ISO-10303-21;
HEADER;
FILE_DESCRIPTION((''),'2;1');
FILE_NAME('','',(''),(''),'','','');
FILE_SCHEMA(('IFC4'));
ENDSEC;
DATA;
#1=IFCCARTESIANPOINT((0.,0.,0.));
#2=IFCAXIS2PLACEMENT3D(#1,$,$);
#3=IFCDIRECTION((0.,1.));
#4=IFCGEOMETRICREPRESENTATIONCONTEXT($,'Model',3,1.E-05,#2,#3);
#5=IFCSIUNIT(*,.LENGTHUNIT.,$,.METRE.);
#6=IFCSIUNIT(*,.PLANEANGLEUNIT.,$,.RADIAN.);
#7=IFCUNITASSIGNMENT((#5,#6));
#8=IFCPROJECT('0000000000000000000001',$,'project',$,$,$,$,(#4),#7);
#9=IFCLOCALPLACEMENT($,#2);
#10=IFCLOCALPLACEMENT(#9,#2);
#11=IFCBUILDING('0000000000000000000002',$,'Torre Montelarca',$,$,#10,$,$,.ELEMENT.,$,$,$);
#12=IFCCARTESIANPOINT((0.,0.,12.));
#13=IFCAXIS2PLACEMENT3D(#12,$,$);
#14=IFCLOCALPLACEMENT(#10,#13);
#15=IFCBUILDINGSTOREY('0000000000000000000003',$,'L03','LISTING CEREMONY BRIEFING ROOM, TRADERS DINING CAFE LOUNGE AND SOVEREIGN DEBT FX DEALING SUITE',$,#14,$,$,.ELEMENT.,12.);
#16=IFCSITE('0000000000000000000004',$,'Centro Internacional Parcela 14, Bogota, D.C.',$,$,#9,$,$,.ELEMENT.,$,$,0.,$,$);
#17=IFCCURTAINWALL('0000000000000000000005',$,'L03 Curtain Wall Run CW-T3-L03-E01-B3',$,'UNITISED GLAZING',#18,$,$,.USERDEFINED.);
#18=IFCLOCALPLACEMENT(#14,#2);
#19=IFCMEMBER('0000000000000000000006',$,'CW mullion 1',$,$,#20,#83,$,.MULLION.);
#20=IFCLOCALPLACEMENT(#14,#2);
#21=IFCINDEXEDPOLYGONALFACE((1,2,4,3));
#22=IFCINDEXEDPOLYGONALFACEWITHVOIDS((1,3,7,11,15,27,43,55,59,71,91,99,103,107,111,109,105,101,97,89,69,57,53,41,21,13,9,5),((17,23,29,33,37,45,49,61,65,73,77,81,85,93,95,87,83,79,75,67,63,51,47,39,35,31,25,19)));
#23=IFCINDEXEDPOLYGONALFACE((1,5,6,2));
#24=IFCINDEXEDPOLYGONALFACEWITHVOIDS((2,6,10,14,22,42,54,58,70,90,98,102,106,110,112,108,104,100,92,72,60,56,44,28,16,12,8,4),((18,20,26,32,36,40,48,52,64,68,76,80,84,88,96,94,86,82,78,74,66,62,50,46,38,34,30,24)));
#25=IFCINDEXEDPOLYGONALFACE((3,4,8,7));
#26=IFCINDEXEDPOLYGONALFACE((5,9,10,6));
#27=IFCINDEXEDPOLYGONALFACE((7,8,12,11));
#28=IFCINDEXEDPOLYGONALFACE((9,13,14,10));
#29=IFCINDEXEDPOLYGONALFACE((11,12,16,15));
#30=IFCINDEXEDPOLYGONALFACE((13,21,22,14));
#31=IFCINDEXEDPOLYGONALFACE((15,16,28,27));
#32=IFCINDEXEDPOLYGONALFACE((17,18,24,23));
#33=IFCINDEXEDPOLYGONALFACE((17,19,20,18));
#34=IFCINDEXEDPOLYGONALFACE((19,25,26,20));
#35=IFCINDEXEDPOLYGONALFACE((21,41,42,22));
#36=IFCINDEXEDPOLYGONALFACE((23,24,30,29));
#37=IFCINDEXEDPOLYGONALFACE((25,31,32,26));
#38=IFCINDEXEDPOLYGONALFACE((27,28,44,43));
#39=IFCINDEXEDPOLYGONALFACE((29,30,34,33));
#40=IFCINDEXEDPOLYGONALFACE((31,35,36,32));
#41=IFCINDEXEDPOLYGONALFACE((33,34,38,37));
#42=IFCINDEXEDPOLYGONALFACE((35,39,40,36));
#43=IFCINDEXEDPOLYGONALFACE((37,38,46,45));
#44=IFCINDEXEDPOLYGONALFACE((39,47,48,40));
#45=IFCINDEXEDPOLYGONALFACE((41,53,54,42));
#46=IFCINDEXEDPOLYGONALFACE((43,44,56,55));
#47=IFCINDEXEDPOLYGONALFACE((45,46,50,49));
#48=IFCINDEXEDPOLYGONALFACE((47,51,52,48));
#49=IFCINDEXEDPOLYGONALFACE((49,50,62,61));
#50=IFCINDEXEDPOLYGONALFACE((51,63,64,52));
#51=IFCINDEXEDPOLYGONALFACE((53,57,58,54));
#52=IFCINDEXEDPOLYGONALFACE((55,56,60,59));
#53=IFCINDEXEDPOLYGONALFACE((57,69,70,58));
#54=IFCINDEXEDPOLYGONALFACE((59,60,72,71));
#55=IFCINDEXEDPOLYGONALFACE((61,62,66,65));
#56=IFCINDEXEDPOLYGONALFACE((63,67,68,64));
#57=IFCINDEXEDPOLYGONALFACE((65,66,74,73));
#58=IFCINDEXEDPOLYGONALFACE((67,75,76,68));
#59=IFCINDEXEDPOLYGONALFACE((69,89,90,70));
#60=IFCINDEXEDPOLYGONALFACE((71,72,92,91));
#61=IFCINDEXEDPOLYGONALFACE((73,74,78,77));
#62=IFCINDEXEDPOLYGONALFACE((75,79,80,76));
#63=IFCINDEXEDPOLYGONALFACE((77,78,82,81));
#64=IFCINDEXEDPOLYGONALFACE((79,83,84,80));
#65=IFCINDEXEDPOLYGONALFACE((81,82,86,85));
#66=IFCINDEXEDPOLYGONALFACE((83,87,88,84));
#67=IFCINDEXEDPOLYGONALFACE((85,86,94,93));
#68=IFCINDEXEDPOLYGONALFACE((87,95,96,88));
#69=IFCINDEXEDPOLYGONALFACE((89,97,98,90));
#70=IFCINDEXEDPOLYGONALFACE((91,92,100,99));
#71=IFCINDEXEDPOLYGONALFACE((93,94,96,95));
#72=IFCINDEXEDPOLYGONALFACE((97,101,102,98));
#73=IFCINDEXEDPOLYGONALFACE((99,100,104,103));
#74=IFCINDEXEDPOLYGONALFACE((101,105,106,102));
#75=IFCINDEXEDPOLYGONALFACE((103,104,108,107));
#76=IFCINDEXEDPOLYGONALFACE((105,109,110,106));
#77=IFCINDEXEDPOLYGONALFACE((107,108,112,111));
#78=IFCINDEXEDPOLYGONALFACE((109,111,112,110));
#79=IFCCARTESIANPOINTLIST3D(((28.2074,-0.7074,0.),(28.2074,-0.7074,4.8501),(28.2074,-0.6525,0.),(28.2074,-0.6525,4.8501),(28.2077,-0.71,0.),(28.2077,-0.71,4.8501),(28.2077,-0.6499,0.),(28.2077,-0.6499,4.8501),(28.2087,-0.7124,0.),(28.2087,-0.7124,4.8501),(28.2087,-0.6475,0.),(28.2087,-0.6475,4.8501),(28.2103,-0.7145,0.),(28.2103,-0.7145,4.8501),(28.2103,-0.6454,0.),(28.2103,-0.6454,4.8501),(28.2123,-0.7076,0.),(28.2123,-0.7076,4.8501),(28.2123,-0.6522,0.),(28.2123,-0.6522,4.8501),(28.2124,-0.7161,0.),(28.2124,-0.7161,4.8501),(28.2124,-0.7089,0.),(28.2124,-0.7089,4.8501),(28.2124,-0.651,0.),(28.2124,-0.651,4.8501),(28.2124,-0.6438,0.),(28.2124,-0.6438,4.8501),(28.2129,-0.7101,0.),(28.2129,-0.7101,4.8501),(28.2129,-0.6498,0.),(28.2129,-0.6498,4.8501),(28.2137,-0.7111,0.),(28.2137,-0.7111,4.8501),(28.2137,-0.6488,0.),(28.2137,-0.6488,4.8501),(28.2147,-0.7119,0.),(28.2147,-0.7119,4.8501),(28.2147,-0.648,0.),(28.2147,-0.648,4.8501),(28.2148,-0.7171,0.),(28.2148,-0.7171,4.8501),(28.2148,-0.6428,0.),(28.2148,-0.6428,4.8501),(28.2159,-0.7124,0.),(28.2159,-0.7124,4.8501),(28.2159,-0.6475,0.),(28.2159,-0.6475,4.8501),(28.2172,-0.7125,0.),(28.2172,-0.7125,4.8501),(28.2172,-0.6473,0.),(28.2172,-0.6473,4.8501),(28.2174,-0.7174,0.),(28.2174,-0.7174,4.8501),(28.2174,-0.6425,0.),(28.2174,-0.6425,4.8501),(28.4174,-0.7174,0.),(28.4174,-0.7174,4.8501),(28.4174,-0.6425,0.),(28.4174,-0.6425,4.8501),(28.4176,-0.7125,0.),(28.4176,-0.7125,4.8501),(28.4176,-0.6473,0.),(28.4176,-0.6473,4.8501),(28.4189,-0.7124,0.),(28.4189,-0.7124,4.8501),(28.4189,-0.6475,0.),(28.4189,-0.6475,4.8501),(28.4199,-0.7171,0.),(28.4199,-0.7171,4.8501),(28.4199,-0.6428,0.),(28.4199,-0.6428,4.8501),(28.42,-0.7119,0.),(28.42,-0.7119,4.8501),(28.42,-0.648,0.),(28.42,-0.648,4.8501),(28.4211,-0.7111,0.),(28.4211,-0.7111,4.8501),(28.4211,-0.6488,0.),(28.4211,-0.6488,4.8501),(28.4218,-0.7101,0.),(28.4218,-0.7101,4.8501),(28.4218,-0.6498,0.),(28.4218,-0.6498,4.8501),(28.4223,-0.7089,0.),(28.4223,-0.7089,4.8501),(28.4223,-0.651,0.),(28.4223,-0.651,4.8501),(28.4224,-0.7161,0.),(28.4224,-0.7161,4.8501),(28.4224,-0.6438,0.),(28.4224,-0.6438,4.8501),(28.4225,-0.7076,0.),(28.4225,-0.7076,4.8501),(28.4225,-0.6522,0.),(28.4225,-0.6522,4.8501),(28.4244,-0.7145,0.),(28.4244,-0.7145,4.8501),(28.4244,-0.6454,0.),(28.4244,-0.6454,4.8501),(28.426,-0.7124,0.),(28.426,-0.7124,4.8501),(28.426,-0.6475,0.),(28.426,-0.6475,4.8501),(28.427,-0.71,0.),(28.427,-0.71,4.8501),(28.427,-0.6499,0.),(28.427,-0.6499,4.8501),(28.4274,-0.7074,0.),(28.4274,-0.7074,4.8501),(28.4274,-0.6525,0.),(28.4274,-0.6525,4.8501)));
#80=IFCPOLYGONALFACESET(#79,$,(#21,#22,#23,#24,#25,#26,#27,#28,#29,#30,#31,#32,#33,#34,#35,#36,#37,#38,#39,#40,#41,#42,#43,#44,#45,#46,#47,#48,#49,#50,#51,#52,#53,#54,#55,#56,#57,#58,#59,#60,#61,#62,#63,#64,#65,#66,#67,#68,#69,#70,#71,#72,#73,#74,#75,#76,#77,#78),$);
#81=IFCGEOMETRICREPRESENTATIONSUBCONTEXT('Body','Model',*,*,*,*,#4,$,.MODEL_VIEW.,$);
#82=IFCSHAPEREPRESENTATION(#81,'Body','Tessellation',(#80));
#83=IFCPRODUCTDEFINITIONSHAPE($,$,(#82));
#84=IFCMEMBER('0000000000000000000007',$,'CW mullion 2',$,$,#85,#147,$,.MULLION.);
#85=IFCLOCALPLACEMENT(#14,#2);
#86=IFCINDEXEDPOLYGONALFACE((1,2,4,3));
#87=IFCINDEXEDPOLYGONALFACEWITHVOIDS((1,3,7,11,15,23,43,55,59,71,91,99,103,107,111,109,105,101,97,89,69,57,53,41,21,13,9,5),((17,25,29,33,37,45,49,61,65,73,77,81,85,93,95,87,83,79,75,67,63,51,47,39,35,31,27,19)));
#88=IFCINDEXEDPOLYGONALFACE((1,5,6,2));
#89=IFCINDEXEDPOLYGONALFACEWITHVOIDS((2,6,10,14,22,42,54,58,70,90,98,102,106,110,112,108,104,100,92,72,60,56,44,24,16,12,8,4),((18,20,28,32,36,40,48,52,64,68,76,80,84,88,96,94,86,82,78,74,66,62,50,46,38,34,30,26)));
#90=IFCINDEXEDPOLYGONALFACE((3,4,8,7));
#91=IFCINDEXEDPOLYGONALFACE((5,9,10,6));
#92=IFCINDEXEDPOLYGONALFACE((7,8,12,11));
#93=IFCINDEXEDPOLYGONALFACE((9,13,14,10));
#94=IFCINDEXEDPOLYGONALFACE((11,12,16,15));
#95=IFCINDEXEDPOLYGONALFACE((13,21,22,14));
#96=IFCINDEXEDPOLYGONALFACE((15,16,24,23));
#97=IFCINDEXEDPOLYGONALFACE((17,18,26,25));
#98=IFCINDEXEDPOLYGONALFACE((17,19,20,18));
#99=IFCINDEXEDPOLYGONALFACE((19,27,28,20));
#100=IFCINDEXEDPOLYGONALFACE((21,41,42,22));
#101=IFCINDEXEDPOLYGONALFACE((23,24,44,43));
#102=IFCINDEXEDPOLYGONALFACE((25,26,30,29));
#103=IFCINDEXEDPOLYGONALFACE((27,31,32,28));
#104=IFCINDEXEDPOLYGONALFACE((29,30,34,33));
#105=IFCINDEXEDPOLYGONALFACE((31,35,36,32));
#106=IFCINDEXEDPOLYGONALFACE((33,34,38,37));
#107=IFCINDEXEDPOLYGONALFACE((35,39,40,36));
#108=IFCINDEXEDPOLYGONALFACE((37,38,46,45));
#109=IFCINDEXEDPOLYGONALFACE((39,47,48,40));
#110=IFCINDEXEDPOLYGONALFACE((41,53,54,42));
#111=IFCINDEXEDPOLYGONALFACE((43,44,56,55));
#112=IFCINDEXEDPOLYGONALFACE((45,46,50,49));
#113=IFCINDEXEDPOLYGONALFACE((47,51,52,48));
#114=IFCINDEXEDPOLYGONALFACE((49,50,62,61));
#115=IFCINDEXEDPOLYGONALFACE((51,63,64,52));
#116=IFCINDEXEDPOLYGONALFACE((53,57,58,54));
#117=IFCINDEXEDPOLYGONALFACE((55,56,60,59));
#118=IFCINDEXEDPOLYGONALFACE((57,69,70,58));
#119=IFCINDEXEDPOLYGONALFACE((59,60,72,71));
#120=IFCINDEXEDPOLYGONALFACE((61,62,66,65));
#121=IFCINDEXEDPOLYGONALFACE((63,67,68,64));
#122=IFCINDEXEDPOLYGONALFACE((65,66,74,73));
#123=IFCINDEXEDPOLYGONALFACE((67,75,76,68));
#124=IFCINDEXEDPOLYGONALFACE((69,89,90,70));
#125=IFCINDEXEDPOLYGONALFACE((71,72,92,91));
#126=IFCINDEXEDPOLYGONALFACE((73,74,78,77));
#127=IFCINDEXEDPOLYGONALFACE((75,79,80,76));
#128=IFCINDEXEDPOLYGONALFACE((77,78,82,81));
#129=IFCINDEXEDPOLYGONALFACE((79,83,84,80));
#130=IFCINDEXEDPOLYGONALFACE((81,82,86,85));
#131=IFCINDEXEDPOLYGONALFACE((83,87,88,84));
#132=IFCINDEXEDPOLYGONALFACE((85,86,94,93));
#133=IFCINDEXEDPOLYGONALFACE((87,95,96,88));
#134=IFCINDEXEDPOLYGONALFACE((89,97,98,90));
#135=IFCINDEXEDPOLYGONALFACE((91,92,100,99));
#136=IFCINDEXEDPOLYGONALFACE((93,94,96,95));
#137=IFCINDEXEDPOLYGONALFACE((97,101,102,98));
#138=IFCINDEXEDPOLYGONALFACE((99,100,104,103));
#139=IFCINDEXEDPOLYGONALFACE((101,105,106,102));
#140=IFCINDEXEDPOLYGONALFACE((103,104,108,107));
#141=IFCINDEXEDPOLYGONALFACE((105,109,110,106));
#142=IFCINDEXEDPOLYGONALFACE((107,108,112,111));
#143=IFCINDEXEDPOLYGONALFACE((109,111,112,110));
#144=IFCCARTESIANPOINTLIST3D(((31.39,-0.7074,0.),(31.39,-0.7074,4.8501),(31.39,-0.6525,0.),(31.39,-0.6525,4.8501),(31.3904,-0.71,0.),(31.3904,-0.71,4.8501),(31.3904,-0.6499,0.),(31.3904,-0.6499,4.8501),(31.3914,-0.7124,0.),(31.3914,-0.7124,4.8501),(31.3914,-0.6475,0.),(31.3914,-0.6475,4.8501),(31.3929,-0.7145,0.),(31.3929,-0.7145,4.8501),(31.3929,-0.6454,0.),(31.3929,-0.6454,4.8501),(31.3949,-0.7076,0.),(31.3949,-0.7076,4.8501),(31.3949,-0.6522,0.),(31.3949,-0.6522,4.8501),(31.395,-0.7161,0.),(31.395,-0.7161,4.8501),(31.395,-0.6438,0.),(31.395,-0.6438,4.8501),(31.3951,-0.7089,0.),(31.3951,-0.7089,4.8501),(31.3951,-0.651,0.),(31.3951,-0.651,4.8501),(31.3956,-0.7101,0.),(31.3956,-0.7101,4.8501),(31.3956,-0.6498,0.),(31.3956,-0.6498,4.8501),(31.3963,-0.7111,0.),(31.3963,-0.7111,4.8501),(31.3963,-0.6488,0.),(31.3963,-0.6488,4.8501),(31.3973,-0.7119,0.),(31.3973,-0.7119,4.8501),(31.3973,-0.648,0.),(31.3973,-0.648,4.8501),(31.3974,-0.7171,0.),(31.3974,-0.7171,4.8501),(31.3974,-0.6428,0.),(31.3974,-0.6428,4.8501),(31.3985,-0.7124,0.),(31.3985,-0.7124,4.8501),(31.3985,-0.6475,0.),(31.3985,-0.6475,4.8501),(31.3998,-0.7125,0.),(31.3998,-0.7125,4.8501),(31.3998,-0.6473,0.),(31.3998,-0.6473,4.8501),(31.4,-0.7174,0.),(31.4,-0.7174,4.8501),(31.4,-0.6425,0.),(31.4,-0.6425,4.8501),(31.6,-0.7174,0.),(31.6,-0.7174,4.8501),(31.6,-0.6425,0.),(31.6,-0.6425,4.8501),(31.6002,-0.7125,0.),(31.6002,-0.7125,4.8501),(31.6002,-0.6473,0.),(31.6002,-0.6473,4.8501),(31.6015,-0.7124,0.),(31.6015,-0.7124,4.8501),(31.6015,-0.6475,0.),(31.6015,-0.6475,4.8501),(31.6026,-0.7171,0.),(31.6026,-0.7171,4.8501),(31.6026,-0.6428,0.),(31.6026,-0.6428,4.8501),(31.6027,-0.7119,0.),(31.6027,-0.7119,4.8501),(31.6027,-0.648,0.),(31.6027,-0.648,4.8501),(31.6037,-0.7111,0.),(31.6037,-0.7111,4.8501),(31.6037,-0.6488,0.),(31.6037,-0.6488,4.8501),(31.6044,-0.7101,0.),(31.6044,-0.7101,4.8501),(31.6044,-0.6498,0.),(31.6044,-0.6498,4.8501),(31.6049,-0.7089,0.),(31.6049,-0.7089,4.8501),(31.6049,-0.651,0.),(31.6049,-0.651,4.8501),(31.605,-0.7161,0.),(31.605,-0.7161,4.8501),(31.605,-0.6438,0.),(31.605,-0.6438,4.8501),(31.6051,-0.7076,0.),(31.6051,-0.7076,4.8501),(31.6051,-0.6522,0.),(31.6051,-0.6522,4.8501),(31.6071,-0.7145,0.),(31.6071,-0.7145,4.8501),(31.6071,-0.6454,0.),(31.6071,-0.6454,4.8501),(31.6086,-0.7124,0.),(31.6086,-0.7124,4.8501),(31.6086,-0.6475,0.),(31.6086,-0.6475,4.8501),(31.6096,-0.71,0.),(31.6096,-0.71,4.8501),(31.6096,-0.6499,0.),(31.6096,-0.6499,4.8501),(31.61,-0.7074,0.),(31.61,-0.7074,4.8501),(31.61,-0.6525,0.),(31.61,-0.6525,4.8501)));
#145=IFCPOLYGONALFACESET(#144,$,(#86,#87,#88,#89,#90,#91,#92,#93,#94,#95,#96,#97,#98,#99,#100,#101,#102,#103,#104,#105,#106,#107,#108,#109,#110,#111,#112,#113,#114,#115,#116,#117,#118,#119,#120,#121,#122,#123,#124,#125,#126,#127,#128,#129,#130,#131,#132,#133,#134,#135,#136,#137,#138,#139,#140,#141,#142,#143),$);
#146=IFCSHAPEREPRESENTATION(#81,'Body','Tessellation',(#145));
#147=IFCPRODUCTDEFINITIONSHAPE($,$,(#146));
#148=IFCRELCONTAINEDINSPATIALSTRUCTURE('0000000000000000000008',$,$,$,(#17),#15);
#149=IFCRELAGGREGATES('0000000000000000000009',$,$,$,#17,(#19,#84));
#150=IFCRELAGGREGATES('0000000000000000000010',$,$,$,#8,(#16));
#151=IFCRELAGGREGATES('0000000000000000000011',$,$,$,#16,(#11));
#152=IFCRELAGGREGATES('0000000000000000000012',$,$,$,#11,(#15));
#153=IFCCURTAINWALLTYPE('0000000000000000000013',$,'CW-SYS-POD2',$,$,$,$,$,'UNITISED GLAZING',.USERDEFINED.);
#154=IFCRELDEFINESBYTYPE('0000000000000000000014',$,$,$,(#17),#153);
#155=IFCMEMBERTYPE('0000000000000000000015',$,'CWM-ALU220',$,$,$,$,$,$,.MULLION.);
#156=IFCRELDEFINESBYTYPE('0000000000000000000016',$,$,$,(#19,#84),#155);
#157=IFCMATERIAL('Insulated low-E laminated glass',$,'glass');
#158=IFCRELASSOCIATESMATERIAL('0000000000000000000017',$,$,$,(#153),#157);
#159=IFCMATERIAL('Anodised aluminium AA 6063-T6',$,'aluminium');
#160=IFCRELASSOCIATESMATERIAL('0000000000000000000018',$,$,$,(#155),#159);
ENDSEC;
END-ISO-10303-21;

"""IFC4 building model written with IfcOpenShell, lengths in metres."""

from ifc_helpers import new_model, si_unit, direction, frame, origin, origin_2d, place, context, subcontext, project, spatial, hollow_rectangle, extrude, source, transform, mapped, material, material_profile, profile_set, type_object, element, aggregate, save


model = new_model("IFC4")

# Units and contexts
model_context = context("Model", 3, precision=1e-05, world=origin(), true_north=direction((0.0, 1.0)))
body_context = subcontext(model_context, "Body", "Model", "MODEL_VIEW")
ifc_project = project(units=[si_unit("LENGTHUNIT", "METRE"), si_unit("PLANEANGLEUNIT", "RADIAN")], contexts=[model_context])

# Site, building, storey
site_placement = place(None, origin())
site = spatial("IfcSite", under=ifc_project, at=site_placement, Name="Centro Internacional Parcela 14, Bogota, D.C.", CompositionType="ELEMENT", RefElevation=0.0)
building_placement = place(site_placement, origin())
building = spatial("IfcBuilding", under=site, at=building_placement, Name="Torre Montelarca", CompositionType="ELEMENT")
storey_placement = place(building_placement, frame((0.0, 0.0, 12.0)))
storey = spatial("IfcBuildingStorey", under=building, at=storey_placement, Name="L03", Description="LISTING CEREMONY BRIEFING ROOM, TRADERS DINING CAFE LOUNGE AND SOVEREIGN DEBT FX DEALING SUITE", CompositionType="ELEMENT", Elevation=12.0)

# Curtain wall, members
ifc_material_1 = material(Name="Insulated low-E laminated glass", Category="glass")
curtain_wall_type = type_object("IfcCurtainWallType", Name="CW-SYS-POD2", ElementType="UNITISED GLAZING", PredefinedType="USERDEFINED", material=ifc_material_1)
curtain_wall_placement = place(storey_placement, origin())
curtain_wall = element("IfcCurtainWall", 1, at=curtain_wall_placement, inside=storey, type_object=curtain_wall_type, Name="L03 Curtain Wall Run CW-T3-L03-E01-B3", ObjectType="UNITISED GLAZING", PredefinedType="USERDEFINED")
ifc_material_2 = material(Name="Anodised aluminium AA 6063-T6", Category="aluminium")
ifc_material_profile_1 = material_profile(ifc_material_2, hollow_rectangle(XDim=0.075, YDim=0.22, WallThickness=0.0049, InnerFilletRadius=0.0049, OuterFilletRadius=0.01, at=origin_2d()), Name="ALU75X220X5", Category="aluminium")
ifc_profile_set_1 = profile_set([ifc_material_profile_1], Name="Anodised aluminium AA 6063-T6")
member_type_1 = type_object("IfcMemberType", Name="CWM-ALU220", PredefinedType="MULLION", material=ifc_profile_set_1)
shared_shape_1 = source(origin(), body_context, "Body", "SweptSolid", [
    extrude(hollow_rectangle(XDim=0.075, YDim=0.22, WallThickness=0.0049, InnerFilletRadius=0.0049, OuterFilletRadius=0.01, at=origin_2d()), origin(), (0.0, 0.0, 1.0), 4.8501),
])
member_1_placement = place(storey_placement, frame((28.3174, -0.6799, 0.0), z_axis=(0.0, 0.0, 1.0), x_axis=(0.0, 1.0, 0.0)))
member_1 = element("IfcMember", 2, at=member_1_placement, type_object=member_type_1, Name="CW mullion 1", PredefinedType="MULLION", context=body_context, shape_type="MappedRepresentation", body=[
    mapped(shared_shape_1, transform((0.0, 0.0, 0.0), scale=1.0)),
])
member_2_placement = place(storey_placement, frame((31.5, -0.6799, 0.0), z_axis=(0.0, 0.0, 1.0), x_axis=(0.0, 1.0, 0.0)))
member_2 = element("IfcMember", 3, at=member_2_placement, type_object=member_type_1, Name="CW mullion 2", PredefinedType="MULLION", context=body_context, shape_type="MappedRepresentation", body=[
    mapped(shared_shape_1, transform((0.0, 0.0, 0.0), scale=1.0)),
])
aggregate(curtain_wall, [member_1, member_2])

save(model, "model.ifc")
